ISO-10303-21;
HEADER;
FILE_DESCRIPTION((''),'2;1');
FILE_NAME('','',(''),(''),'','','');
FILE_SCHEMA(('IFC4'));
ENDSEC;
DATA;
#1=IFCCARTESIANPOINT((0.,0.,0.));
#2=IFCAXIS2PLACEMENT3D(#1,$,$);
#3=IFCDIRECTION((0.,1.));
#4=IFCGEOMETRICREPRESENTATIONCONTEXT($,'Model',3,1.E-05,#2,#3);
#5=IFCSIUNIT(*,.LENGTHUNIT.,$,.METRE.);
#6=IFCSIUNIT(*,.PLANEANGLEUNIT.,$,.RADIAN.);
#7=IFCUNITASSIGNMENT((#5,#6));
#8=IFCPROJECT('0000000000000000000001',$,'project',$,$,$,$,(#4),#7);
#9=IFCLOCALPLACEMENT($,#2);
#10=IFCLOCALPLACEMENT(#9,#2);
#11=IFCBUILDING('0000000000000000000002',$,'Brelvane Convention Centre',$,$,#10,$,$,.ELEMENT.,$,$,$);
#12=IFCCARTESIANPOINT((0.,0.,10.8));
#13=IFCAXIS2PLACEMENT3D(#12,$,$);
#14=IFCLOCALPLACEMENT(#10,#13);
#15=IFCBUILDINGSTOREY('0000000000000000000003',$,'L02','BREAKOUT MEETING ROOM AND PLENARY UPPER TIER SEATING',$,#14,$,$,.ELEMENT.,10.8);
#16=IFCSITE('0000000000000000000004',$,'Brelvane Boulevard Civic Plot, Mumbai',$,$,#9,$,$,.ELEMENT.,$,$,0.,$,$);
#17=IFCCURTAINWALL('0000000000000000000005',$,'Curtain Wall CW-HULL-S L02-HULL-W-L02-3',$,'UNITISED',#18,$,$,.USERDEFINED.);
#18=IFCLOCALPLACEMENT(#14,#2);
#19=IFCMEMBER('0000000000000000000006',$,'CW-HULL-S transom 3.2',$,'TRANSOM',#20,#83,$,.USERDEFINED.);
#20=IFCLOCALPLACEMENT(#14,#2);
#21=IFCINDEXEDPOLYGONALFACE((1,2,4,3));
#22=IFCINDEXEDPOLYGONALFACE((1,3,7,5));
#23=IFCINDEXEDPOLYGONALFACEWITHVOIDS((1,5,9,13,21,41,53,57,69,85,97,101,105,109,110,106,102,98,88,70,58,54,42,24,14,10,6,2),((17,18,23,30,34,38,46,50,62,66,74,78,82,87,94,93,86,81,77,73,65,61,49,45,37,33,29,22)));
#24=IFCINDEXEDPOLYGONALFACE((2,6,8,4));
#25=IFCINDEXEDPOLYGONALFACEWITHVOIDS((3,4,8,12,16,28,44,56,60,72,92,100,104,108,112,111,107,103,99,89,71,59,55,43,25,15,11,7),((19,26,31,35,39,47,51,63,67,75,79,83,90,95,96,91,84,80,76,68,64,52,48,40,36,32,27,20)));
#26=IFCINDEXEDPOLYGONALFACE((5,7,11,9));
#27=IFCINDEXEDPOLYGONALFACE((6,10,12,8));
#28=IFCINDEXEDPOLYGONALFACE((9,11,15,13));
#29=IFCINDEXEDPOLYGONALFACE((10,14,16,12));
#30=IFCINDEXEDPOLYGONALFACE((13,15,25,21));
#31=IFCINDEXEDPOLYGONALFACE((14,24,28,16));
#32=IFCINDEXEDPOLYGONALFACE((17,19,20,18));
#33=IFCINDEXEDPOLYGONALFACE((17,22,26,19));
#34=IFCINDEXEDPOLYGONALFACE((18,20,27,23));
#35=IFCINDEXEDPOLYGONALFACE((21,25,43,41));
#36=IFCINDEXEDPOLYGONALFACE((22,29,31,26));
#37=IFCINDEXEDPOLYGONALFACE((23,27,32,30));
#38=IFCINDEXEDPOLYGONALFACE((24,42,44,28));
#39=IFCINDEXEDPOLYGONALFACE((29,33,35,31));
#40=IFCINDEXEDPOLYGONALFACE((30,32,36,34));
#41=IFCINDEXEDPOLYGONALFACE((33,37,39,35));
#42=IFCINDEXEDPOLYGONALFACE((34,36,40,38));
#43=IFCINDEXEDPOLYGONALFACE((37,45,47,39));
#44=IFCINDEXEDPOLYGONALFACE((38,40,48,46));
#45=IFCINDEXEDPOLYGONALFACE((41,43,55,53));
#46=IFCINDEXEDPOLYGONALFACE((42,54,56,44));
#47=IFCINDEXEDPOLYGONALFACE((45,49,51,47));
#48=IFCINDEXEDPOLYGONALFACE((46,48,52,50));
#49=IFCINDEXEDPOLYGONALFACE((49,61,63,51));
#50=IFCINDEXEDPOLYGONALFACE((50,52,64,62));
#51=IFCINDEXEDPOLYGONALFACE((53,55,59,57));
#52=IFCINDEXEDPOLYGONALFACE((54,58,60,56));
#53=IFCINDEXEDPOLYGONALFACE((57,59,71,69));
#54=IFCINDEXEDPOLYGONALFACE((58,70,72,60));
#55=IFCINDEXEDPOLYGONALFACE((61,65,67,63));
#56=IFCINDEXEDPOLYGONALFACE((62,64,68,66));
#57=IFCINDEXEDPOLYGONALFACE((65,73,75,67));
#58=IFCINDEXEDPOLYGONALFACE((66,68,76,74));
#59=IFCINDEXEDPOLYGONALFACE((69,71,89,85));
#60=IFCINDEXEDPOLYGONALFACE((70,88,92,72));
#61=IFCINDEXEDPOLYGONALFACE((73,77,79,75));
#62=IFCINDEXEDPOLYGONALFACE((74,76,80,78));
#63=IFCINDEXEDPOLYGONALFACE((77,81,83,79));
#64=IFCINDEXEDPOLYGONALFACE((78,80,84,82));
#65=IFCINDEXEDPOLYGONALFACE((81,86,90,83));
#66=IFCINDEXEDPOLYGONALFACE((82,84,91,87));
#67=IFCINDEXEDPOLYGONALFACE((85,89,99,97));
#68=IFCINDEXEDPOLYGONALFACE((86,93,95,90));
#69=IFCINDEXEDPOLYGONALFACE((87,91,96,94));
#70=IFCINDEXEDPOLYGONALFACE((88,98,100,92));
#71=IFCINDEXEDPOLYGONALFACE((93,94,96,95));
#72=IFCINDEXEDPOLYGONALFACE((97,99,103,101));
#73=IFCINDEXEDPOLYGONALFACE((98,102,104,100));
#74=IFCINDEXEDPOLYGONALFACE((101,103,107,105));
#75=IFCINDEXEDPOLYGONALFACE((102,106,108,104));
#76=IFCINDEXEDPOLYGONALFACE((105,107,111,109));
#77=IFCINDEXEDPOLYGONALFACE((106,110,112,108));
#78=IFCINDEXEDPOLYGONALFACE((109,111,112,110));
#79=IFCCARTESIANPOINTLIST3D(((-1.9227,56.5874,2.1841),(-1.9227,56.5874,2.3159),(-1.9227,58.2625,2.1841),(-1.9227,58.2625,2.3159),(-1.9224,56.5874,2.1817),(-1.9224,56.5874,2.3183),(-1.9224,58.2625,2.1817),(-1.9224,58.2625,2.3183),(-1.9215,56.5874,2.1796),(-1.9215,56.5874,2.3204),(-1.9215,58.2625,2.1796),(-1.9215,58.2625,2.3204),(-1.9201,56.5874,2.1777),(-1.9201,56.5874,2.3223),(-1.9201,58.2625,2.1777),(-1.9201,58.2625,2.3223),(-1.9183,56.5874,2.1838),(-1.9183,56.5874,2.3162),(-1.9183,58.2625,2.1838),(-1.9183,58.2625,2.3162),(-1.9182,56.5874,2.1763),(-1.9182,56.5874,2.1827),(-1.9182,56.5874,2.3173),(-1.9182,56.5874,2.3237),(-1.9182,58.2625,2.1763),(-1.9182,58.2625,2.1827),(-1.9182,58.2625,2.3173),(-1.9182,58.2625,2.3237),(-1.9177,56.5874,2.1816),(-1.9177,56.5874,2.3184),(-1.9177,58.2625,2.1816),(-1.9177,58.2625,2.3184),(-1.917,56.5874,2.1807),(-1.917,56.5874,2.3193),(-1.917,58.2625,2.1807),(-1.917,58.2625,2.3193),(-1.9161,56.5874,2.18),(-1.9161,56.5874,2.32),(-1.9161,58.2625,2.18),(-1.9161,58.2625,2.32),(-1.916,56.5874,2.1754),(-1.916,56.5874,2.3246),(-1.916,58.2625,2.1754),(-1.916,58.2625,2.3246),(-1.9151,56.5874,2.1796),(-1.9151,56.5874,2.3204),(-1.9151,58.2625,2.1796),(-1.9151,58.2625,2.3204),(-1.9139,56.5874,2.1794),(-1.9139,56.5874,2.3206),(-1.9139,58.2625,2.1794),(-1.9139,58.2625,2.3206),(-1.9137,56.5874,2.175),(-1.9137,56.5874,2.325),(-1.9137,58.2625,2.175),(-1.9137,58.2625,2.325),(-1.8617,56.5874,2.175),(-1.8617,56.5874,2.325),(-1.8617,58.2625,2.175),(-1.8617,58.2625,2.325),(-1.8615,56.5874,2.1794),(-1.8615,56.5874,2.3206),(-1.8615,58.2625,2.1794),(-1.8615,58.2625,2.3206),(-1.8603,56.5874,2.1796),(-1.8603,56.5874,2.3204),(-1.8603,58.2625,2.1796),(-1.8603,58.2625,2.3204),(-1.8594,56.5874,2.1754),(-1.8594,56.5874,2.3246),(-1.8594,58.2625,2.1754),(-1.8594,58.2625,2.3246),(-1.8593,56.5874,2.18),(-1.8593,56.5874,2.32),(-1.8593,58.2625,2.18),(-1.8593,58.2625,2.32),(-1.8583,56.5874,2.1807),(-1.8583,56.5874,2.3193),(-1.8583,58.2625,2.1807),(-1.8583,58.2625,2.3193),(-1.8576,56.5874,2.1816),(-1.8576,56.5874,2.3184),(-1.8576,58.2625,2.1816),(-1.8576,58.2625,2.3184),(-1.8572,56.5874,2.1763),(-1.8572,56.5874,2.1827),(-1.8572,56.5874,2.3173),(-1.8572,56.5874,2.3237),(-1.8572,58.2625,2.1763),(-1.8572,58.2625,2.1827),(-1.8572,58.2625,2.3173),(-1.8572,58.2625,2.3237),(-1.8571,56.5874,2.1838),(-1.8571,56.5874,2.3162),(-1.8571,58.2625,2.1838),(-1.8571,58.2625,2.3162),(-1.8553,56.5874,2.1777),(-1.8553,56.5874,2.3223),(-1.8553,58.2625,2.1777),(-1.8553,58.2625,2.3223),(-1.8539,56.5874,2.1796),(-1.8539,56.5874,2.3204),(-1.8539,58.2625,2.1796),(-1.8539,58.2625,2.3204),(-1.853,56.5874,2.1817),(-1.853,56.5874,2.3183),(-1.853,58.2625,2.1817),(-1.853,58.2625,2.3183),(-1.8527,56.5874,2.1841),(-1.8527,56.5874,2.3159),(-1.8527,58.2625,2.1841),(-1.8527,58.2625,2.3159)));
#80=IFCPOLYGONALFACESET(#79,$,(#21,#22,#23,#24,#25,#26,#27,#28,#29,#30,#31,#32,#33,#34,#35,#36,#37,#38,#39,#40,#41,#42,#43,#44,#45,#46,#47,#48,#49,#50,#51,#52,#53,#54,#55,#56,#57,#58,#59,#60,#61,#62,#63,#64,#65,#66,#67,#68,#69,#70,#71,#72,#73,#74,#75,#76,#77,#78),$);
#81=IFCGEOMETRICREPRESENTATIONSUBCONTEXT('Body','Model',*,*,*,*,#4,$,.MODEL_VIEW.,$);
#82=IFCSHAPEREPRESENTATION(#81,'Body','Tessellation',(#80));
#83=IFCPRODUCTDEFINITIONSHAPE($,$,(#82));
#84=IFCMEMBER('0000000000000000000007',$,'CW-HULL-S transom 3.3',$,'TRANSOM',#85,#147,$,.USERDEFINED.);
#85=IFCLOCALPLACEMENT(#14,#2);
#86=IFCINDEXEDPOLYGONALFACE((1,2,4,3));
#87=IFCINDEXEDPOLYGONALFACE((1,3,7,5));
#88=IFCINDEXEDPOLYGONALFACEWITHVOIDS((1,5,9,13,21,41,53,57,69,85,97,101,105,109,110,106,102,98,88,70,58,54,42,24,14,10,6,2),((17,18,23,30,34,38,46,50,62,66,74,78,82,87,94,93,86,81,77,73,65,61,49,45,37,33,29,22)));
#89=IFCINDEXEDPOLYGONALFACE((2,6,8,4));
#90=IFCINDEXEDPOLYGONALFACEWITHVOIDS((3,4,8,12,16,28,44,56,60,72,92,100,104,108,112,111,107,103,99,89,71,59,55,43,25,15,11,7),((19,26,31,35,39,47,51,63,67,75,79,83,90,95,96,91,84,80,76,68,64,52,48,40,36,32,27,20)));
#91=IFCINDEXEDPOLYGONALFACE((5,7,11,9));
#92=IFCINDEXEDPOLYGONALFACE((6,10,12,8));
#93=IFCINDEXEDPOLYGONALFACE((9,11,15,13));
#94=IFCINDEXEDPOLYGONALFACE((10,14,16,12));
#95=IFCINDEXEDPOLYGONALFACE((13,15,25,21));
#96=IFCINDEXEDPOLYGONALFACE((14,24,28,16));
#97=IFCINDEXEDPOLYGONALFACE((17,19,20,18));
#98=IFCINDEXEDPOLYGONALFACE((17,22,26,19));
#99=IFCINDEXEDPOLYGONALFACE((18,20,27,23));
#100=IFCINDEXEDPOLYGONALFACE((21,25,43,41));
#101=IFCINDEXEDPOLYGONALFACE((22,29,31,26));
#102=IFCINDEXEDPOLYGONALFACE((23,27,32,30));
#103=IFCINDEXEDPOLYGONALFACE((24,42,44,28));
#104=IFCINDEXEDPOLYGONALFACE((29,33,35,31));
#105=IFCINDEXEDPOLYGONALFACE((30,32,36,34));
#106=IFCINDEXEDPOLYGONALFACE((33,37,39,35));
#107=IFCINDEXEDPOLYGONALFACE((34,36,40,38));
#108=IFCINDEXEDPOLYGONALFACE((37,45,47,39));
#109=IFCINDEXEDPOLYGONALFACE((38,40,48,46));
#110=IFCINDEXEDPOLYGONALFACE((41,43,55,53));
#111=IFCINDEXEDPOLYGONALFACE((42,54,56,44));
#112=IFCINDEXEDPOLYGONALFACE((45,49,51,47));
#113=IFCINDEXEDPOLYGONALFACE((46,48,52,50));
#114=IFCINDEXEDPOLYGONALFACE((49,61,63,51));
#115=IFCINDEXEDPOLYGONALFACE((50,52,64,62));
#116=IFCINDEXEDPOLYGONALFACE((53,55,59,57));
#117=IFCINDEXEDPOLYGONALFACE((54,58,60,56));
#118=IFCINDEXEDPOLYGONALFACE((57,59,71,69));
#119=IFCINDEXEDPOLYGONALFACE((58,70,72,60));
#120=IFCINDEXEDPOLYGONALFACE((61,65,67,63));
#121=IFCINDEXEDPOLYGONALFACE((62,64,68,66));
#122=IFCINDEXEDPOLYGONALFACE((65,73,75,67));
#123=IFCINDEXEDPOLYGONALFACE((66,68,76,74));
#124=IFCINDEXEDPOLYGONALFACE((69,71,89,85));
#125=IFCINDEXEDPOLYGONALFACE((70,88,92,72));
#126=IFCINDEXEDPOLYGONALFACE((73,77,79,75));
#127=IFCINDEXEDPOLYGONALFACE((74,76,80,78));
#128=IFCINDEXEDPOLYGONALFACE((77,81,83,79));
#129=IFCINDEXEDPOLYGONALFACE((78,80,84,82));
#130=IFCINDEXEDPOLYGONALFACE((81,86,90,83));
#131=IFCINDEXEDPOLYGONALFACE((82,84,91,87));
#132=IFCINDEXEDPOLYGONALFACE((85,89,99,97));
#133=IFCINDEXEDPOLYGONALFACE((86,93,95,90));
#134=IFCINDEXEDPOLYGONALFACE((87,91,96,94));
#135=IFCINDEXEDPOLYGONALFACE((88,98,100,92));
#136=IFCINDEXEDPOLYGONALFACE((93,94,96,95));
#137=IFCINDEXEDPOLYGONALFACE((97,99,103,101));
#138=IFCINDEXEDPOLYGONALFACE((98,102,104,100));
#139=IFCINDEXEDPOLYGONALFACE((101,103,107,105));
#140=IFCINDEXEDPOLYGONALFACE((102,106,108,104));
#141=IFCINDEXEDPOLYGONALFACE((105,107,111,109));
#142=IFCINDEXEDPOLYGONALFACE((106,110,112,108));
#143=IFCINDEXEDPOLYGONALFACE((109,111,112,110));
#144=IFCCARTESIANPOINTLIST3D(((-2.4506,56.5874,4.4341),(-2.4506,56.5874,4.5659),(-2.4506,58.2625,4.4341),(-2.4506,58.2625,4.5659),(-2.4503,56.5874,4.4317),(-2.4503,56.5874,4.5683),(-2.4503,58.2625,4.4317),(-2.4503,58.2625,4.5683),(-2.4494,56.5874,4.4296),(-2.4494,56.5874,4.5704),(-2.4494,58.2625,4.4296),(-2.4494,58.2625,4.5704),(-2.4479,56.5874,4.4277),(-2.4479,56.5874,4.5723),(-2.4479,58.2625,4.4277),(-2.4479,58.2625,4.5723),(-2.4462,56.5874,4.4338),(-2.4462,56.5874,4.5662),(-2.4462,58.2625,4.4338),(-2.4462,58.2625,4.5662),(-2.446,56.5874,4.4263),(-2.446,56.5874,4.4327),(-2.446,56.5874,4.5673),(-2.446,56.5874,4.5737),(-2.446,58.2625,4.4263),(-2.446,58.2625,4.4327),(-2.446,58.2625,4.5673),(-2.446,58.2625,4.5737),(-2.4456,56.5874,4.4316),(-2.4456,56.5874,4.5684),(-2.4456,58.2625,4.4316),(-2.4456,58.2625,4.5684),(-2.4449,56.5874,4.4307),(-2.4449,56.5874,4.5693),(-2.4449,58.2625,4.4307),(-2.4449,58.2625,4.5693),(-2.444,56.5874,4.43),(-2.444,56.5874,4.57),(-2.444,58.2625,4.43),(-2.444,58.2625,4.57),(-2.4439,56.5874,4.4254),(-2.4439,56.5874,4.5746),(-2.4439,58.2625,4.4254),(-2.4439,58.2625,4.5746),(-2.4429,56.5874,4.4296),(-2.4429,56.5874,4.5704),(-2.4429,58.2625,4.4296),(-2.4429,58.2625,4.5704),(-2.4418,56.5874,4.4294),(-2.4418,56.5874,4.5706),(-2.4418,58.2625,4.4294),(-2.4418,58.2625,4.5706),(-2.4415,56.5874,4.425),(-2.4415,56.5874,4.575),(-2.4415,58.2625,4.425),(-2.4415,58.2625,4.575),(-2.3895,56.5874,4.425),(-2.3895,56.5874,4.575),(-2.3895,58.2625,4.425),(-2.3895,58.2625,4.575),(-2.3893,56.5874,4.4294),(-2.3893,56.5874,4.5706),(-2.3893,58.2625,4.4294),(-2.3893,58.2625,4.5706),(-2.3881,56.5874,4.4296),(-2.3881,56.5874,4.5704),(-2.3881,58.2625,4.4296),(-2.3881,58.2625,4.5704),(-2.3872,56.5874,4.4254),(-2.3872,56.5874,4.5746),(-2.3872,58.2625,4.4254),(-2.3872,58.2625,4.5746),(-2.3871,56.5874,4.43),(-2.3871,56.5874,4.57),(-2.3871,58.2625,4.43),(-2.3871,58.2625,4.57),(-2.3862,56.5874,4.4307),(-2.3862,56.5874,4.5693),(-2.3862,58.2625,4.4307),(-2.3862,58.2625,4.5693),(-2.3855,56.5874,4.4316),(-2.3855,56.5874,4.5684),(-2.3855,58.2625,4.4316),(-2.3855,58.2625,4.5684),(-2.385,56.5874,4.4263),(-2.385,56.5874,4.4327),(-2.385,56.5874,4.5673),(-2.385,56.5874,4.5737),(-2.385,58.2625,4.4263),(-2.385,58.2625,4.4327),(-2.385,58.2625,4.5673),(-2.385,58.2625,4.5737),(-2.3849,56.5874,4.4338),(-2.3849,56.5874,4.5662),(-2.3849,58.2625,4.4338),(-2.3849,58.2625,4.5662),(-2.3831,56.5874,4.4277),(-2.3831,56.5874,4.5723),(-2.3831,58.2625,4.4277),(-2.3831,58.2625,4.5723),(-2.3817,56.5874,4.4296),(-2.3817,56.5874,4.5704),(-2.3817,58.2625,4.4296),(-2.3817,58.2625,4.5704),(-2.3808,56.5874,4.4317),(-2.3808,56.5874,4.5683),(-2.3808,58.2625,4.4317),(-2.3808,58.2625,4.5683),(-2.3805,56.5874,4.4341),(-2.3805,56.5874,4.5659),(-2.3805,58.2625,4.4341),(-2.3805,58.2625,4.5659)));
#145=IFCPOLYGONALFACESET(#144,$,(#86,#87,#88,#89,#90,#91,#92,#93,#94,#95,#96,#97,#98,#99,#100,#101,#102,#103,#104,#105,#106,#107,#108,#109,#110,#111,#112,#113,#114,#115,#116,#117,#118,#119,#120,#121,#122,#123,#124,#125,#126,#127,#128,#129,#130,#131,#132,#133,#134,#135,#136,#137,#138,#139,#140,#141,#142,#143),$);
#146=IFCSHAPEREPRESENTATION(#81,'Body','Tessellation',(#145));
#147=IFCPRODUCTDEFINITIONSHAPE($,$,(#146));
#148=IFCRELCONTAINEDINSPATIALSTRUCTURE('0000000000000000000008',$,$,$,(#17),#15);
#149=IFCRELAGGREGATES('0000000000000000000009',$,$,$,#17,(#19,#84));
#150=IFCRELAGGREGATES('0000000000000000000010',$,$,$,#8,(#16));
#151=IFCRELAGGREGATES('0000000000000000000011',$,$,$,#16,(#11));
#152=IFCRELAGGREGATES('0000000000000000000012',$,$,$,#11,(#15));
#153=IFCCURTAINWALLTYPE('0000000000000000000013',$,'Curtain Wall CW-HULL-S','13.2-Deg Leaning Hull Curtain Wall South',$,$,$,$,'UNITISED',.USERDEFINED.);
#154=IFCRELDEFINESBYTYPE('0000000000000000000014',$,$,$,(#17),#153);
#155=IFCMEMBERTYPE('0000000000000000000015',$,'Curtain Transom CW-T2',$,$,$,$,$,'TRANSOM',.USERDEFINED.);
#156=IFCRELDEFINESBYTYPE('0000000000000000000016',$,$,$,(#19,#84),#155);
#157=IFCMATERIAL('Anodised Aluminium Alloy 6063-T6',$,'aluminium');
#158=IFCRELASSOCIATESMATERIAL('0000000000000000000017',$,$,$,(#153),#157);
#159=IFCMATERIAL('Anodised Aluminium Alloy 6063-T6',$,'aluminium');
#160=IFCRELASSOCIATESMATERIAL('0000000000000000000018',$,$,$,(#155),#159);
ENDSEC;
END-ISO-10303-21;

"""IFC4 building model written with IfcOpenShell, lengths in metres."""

from ifc_helpers import new_model, si_unit, direction, frame, origin, origin_2d, place, context, subcontext, project, spatial, hollow_rectangle, extrude, material, material_profile, profile_set, type_object, element, aggregate, save


model = new_model("IFC4")

# Units and contexts
model_context = context("Model", 3, precision=1e-05, world=origin(), true_north=direction((0.0, 1.0)))
body_context = subcontext(model_context, "Body", "Model", "MODEL_VIEW")
ifc_project = project(units=[si_unit("LENGTHUNIT", "METRE"), si_unit("PLANEANGLEUNIT", "RADIAN")], contexts=[model_context])

# Site, building, storey
site_placement = place(None, origin())
site = spatial("IfcSite", under=ifc_project, at=site_placement, Name="Brelvane Boulevard Civic Plot, Mumbai", CompositionType="ELEMENT", RefElevation=0.0)
building_placement = place(site_placement, origin())
building = spatial("IfcBuilding", under=site, at=building_placement, Name="Brelvane Convention Centre", CompositionType="ELEMENT")
storey_placement = place(building_placement, frame((0.0, 0.0, 10.8)))
storey = spatial("IfcBuildingStorey", under=building, at=storey_placement, Name="L02", Description="BREAKOUT MEETING ROOM AND PLENARY UPPER TIER SEATING", CompositionType="ELEMENT", Elevation=10.8)

# Curtain wall, members
ifc_material_1 = material(Name="Anodised Aluminium Alloy 6063-T6", Category="aluminium")
curtain_wall_type = type_object("IfcCurtainWallType", Name="Curtain Wall CW-HULL-S", Description="13.2-Deg Leaning Hull Curtain Wall South", ElementType="UNITISED", PredefinedType="USERDEFINED", material=ifc_material_1)
curtain_wall_placement = place(storey_placement, origin())
curtain_wall = element("IfcCurtainWall", 1, at=curtain_wall_placement, inside=storey, type_object=curtain_wall_type, Name="Curtain Wall CW-HULL-S L02-HULL-W-L02-3", ObjectType="UNITISED", PredefinedType="USERDEFINED")
ifc_material_2 = material(Name="Anodised Aluminium Alloy 6063-T6", Category="aluminium")
ifc_material_profile_1 = material_profile(ifc_material_2, hollow_rectangle(XDim=0.0701, YDim=0.1499, WallThickness=0.0044, InnerFilletRadius=0.0044, OuterFilletRadius=0.009, at=origin_2d()), Name="ALU-T 150x70x4.5")
ifc_profile_set_1 = profile_set([ifc_material_profile_1], Name="Anodised Aluminium Alloy 6063-T6")
member_type_1 = type_object("IfcMemberType", Name="Curtain Transom CW-T2", ElementType="TRANSOM", PredefinedType="USERDEFINED", material=ifc_profile_set_1)
member_1_placement = place(storey_placement, frame((-1.8877, 56.5874, 2.25), z_axis=(0.0, 1.0, 0.0), x_axis=(-1.0, 0.0, 0.0)))
member_1 = element("IfcMember", 2, at=member_1_placement, type_object=member_type_1, Name="CW-HULL-S transom 3.2", ObjectType="TRANSOM", PredefinedType="USERDEFINED", context=body_context, shape_type="SweptSolid", body=[
    extrude(hollow_rectangle(XDim=0.0701, YDim=0.1499, WallThickness=0.0044, InnerFilletRadius=0.0044, OuterFilletRadius=0.009, at=origin_2d()), origin(), (0.0, 0.0, 1.0), 1.675),
])
member_2_placement = place(storey_placement, frame((-2.4155, 56.5874, 4.5), z_axis=(0.0, 1.0, 0.0), x_axis=(-1.0, 0.0, 0.0)))
member_2 = element("IfcMember", 3, at=member_2_placement, type_object=member_type_1, Name="CW-HULL-S transom 3.3", ObjectType="TRANSOM", PredefinedType="USERDEFINED", context=body_context, shape_type="SweptSolid", body=[
    extrude(hollow_rectangle(XDim=0.0701, YDim=0.1499, WallThickness=0.0044, InnerFilletRadius=0.0044, OuterFilletRadius=0.009, at=origin_2d()), origin(), (0.0, 0.0, 1.0), 1.675),
])
aggregate(curtain_wall, [member_1, member_2])

save(model, "model.ifc")
